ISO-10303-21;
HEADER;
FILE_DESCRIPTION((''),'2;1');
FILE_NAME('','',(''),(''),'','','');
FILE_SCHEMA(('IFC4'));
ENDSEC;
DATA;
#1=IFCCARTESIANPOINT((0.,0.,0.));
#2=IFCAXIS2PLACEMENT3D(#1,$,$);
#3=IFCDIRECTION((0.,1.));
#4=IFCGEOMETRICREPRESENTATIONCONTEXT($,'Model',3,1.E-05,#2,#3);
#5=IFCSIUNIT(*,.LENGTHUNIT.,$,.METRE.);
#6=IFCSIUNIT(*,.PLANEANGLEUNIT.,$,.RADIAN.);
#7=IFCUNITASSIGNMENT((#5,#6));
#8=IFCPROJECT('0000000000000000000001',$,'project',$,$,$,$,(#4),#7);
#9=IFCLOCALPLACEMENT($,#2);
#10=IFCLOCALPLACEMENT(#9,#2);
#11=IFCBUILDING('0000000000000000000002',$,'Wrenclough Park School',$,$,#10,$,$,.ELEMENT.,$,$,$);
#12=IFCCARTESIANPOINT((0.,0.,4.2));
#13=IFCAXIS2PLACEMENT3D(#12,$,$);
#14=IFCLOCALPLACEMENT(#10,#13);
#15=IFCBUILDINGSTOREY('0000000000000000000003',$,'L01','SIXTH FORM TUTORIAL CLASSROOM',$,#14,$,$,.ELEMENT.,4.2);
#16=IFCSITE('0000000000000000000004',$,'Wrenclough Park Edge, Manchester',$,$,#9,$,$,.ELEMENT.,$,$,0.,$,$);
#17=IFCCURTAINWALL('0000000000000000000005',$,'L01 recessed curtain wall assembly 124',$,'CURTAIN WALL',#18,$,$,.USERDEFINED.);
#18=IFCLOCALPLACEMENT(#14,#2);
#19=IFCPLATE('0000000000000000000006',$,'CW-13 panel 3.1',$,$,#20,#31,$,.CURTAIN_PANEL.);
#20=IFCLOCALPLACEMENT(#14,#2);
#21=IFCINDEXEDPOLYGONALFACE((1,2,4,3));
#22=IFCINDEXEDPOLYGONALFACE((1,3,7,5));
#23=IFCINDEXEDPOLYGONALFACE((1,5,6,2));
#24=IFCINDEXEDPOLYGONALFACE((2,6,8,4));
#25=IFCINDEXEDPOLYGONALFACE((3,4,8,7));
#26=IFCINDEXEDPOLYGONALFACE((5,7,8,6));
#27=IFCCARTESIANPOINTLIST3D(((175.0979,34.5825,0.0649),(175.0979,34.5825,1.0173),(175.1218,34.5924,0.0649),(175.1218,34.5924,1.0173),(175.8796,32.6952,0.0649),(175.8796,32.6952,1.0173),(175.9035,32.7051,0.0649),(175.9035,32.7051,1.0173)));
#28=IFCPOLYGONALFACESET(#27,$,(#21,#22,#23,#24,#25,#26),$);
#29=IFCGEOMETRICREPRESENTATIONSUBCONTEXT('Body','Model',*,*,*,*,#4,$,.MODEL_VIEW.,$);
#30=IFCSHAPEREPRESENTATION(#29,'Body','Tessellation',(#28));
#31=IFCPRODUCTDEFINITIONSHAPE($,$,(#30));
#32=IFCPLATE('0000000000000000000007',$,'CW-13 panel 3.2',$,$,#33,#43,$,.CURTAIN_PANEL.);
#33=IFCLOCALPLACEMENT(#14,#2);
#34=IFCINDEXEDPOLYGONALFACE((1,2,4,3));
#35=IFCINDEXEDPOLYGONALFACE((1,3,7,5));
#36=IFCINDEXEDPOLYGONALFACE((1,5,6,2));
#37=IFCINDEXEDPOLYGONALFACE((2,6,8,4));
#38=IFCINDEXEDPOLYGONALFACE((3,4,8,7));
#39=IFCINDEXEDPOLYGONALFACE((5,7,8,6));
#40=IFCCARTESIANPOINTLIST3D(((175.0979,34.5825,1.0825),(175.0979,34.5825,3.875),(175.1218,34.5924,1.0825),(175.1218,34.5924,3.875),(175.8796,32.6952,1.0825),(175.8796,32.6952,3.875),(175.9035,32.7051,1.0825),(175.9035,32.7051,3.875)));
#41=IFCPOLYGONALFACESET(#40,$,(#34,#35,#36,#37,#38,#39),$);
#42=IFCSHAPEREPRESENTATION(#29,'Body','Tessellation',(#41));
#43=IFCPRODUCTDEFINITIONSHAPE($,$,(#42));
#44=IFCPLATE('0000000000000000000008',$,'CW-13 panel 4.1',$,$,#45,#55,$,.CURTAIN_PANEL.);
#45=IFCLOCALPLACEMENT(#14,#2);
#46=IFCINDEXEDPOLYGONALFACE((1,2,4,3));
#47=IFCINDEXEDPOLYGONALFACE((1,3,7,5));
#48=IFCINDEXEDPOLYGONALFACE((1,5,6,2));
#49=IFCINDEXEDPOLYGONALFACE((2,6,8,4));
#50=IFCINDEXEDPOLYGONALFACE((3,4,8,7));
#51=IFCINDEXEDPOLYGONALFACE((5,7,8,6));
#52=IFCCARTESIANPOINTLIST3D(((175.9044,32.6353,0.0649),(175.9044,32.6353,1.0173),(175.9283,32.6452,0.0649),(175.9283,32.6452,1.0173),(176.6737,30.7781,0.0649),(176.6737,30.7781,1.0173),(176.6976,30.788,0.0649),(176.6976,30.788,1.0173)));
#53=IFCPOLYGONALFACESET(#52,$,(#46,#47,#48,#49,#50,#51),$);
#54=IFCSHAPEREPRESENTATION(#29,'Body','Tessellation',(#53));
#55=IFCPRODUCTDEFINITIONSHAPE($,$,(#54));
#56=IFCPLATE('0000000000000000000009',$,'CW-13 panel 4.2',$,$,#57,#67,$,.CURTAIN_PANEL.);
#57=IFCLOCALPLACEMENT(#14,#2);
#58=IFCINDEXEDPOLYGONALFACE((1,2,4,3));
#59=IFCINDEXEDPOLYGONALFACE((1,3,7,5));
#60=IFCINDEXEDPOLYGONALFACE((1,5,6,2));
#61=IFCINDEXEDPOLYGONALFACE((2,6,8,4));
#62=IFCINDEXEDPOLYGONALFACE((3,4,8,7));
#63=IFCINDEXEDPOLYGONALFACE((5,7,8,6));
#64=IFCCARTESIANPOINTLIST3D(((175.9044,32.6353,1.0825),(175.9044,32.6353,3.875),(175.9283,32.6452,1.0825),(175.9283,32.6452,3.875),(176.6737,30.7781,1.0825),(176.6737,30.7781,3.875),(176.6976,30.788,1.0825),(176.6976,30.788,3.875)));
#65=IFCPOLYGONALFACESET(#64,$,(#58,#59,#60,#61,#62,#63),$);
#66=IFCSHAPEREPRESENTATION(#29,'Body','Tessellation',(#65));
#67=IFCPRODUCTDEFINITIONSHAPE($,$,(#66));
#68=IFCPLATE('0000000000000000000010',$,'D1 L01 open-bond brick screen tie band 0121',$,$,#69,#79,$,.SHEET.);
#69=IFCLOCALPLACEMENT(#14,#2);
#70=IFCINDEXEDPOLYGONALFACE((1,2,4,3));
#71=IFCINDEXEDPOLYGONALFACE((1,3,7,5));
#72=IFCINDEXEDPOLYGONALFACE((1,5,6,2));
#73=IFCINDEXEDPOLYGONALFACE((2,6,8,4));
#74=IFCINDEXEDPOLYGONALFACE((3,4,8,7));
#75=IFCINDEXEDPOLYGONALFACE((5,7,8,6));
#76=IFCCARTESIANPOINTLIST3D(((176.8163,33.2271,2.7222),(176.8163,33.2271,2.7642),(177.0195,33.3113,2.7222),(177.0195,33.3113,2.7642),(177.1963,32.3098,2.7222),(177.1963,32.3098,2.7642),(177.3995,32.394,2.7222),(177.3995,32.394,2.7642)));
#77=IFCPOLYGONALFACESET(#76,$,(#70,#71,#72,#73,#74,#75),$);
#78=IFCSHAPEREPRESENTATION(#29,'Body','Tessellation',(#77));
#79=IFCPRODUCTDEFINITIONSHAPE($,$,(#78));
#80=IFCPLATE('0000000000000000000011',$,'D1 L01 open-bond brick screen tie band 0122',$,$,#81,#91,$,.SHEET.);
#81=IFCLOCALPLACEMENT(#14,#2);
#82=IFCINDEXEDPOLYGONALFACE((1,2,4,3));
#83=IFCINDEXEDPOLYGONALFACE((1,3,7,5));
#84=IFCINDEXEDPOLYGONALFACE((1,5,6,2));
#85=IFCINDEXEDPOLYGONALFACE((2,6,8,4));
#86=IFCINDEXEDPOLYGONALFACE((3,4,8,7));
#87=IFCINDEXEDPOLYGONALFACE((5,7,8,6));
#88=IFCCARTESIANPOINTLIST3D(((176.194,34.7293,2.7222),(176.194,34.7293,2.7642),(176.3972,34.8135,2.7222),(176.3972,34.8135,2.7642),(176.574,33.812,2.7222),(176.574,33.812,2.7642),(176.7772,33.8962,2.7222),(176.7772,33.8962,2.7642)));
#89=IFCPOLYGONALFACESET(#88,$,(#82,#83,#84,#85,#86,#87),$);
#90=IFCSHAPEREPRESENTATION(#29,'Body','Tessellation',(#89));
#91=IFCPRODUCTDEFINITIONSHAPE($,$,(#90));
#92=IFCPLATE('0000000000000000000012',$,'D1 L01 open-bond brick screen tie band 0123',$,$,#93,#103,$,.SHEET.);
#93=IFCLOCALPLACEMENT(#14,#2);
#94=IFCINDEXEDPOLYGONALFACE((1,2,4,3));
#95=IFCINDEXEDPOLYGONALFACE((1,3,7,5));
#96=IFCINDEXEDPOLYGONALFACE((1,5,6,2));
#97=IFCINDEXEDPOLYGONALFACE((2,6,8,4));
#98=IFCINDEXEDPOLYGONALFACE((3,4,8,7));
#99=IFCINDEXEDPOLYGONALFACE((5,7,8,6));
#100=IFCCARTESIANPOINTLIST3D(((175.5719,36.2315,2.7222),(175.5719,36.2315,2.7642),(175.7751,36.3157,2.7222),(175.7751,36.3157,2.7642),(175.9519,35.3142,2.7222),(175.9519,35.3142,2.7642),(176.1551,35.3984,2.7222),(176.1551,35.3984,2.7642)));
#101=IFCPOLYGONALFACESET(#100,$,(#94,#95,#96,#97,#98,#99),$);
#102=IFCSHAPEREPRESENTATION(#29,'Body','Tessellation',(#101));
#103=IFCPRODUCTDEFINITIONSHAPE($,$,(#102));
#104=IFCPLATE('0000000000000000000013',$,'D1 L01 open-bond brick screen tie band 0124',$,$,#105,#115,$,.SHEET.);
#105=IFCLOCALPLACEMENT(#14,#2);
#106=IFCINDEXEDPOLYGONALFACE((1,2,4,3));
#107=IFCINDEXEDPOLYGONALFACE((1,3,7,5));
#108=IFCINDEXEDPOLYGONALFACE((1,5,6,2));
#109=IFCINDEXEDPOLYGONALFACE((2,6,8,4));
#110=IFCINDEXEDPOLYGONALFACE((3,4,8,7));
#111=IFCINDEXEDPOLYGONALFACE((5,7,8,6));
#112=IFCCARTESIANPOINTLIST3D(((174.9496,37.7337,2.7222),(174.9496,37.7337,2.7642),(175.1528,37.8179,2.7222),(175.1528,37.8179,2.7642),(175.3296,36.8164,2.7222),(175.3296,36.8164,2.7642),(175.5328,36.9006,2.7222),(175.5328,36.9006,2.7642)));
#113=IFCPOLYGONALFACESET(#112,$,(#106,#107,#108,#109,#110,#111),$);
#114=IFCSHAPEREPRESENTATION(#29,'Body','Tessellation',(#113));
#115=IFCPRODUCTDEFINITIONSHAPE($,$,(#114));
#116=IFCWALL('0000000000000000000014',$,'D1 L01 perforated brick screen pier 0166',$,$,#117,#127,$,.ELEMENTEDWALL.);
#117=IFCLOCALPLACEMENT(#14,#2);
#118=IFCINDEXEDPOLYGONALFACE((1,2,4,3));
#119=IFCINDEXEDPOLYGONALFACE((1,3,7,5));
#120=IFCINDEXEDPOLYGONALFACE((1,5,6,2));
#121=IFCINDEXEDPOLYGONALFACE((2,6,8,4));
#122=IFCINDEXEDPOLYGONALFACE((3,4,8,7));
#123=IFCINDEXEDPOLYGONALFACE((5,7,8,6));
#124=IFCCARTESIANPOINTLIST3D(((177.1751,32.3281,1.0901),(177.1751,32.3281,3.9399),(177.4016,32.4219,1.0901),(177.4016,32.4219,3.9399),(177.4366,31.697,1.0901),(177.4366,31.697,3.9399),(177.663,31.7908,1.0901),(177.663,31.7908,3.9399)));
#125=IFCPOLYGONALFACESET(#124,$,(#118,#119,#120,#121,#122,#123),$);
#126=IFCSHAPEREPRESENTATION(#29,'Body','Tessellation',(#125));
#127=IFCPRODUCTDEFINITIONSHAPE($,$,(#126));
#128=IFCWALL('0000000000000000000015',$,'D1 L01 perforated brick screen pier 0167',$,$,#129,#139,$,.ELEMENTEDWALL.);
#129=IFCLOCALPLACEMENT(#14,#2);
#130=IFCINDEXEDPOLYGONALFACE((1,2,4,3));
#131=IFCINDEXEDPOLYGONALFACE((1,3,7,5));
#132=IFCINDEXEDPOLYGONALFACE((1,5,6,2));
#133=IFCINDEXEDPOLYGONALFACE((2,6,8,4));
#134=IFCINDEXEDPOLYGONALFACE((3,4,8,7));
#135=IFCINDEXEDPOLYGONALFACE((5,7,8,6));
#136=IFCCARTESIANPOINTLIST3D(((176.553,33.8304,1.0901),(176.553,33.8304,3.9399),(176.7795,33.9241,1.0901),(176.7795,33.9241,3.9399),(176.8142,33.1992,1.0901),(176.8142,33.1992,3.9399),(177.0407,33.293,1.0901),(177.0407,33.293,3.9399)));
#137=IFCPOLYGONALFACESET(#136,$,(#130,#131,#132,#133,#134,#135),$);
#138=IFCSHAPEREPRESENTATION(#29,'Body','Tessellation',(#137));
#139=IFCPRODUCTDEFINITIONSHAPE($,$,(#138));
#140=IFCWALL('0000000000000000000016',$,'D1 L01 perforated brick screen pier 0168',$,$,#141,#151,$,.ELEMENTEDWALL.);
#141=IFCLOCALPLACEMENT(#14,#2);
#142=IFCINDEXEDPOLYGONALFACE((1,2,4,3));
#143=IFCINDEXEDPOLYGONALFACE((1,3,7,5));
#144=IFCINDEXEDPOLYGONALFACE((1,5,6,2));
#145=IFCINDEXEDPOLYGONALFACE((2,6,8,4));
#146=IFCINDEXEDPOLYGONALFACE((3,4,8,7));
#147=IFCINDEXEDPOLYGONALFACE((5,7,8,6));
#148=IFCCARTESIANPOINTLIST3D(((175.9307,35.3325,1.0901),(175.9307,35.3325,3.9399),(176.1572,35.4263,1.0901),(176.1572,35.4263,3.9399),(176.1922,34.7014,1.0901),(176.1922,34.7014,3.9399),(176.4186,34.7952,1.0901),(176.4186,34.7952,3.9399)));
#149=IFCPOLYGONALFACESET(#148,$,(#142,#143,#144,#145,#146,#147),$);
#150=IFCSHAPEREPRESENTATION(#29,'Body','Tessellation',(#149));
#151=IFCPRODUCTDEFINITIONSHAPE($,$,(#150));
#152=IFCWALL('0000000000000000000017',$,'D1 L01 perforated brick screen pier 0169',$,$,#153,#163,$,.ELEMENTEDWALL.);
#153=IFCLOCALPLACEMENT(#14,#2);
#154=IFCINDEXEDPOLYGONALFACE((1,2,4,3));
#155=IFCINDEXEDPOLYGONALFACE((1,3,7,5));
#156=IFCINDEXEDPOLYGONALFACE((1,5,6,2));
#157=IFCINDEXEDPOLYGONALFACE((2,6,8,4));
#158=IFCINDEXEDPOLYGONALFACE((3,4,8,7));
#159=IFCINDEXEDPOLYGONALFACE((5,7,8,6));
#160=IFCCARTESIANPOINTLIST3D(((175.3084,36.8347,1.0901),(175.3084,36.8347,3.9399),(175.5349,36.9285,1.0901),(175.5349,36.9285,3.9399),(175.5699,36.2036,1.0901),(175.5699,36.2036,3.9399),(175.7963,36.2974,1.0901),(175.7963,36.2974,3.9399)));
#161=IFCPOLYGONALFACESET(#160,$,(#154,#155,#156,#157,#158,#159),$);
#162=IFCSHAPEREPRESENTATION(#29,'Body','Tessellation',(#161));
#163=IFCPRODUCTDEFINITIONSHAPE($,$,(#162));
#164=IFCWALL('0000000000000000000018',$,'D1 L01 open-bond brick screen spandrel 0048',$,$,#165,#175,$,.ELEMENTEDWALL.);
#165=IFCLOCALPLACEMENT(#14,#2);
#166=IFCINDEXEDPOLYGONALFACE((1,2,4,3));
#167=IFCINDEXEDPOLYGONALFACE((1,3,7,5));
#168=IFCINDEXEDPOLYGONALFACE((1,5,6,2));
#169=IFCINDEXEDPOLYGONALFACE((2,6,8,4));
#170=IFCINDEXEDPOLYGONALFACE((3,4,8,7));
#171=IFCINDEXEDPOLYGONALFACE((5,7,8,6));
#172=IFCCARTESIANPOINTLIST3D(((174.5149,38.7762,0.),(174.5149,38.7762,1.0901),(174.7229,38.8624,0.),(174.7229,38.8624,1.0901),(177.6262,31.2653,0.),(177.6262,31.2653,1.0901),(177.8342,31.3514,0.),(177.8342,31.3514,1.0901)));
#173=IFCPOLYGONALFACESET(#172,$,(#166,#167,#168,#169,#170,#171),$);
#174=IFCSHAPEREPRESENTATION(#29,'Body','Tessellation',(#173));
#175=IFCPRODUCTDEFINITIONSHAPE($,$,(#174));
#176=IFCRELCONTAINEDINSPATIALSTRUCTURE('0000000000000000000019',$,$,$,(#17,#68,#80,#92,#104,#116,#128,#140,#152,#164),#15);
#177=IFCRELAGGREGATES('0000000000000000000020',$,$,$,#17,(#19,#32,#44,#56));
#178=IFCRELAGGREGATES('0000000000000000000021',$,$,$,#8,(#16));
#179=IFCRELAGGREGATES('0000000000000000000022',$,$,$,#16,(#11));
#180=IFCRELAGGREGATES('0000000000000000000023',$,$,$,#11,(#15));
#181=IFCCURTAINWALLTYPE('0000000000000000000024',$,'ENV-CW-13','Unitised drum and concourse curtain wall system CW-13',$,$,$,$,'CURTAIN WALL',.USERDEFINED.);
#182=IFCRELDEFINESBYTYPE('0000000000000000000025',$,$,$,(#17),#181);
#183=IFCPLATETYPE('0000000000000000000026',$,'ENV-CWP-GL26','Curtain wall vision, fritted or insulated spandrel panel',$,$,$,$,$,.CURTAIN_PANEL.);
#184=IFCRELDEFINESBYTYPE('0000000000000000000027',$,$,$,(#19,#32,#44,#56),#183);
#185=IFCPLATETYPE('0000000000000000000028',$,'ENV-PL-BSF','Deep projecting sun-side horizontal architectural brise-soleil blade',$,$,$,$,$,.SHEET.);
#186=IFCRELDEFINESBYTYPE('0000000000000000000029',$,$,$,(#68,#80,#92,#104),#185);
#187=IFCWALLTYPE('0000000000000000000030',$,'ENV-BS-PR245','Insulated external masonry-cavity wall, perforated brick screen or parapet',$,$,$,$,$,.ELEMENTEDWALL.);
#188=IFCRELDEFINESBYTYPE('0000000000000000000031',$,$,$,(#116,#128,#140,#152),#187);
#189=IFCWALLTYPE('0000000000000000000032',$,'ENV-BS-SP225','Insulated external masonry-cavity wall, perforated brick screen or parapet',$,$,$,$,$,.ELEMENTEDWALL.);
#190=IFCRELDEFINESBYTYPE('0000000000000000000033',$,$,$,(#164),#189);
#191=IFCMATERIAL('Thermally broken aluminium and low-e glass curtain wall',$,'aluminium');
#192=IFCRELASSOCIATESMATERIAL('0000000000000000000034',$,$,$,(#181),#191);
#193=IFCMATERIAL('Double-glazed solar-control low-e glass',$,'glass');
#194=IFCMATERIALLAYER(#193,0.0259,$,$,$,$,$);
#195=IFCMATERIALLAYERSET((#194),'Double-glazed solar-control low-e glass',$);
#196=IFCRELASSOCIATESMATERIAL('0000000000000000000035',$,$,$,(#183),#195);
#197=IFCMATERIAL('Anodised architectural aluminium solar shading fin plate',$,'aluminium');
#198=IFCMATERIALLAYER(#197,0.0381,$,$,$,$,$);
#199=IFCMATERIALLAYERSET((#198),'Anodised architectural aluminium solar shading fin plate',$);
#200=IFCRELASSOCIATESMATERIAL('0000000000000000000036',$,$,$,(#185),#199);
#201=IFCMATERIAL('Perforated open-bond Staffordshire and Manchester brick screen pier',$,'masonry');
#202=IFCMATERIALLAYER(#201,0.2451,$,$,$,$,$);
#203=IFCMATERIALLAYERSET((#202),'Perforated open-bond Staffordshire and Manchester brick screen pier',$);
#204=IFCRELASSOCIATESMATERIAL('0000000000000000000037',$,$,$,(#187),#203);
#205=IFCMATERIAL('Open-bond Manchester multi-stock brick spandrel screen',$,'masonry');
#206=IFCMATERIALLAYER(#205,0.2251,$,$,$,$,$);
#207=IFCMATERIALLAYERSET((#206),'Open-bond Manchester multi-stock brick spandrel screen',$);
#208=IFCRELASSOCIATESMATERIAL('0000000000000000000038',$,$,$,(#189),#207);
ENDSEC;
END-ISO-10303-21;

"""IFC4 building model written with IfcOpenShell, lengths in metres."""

from ifc_helpers import new_model, si_unit, direction, frame, frame_2d, origin, origin_2d, place, context, subcontext, project, spatial, rectangle, extrude, material, layer, layer_set, type_object, element, aggregate, save


model = new_model("IFC4")

# Units and contexts
model_context = context("Model", 3, precision=1e-05, world=origin(), true_north=direction((0.0, 1.0)))
body_context = subcontext(model_context, "Body", "Model", "MODEL_VIEW")
ifc_project = project(units=[si_unit("LENGTHUNIT", "METRE"), si_unit("PLANEANGLEUNIT", "RADIAN")], contexts=[model_context])

# Site, building, storey
site_placement = place(None, origin())
site = spatial("IfcSite", under=ifc_project, at=site_placement, Name="Wrenclough Park Edge, Manchester", CompositionType="ELEMENT", RefElevation=0.0)
building_placement = place(site_placement, origin())
building = spatial("IfcBuilding", under=site, at=building_placement, Name="Wrenclough Park School", CompositionType="ELEMENT")
storey_placement = place(building_placement, frame((0.0, 0.0, 4.2)))
storey = spatial("IfcBuildingStorey", under=building, at=storey_placement, Name="L01", Description="SIXTH FORM TUTORIAL CLASSROOM", CompositionType="ELEMENT", Elevation=4.2)

# Curtain wall, plates
ifc_material_1 = material(Name="Thermally broken aluminium and low-e glass curtain wall", Category="aluminium")
curtain_wall_type = type_object("IfcCurtainWallType", Name="ENV-CW-13", Description="Unitised drum and concourse curtain wall system CW-13", ElementType="CURTAIN WALL", PredefinedType="USERDEFINED", material=ifc_material_1)
curtain_wall_placement = place(storey_placement, origin())
curtain_wall = element("IfcCurtainWall", 1, at=curtain_wall_placement, inside=storey, type_object=curtain_wall_type, Name="L01 recessed curtain wall assembly 124", ObjectType="CURTAIN WALL", PredefinedType="USERDEFINED")
ifc_material_2 = material(Name="Double-glazed solar-control low-e glass", Category="glass")
ifc_layer_1 = layer(ifc_material_2, 0.0259)
ifc_layer_set_1 = layer_set([ifc_layer_1], Name="Double-glazed solar-control low-e glass")
plate_type_1 = type_object("IfcPlateType", Name="ENV-CWP-GL26", Description="Curtain wall vision, fritted or insulated spandrel panel", PredefinedType="CURTAIN_PANEL", material=ifc_layer_set_1)
plate_1_placement = place(storey_placement, frame((175.5007, 33.6438, 0.0649), z_axis=(0.0, 0.0, 1.0), x_axis=(0.382687, -0.923878, 0.0)))
plate_1 = element("IfcPlate", 2, at=plate_1_placement, type_object=plate_type_1, Name="CW-13 panel 3.1", PredefinedType="CURTAIN_PANEL", context=body_context, shape_type="SweptSolid", body=[
    extrude(rectangle(XDim=2.0427, YDim=0.0259, at=origin_2d()), origin(), (0.0, 0.0, 1.0), 0.9524),
])
plate_2_placement = place(storey_placement, frame((175.5007, 33.6438, 1.0825), z_axis=(0.0, 0.0, 1.0), x_axis=(0.382687, -0.923878, 0.0)))
plate_2 = element("IfcPlate", 3, at=plate_2_placement, type_object=plate_type_1, Name="CW-13 panel 3.2", PredefinedType="CURTAIN_PANEL", context=body_context, shape_type="SweptSolid", body=[
    extrude(rectangle(XDim=2.0427, YDim=0.0259, at=origin_2d()), origin(), (0.0, 0.0, 1.0), 2.7925),
])
plate_3_placement = place(storey_placement, frame((176.301, 31.7117, 0.0649), z_axis=(0.0, 0.0, 1.0), x_axis=(0.382687, -0.923878, 0.0)))
plate_3 = element("IfcPlate", 4, at=plate_3_placement, type_object=plate_type_1, Name="CW-13 panel 4.1", PredefinedType="CURTAIN_PANEL", context=body_context, shape_type="SweptSolid", body=[
    extrude(rectangle(XDim=2.0103, YDim=0.0259, at=origin_2d()), origin(), (0.0, 0.0, 1.0), 0.9524),
])
plate_4_placement = place(storey_placement, frame((176.301, 31.7117, 1.0825), z_axis=(0.0, 0.0, 1.0), x_axis=(0.382687, -0.923878, 0.0)))
plate_4 = element("IfcPlate", 5, at=plate_4_placement, type_object=plate_type_1, Name="CW-13 panel 4.2", PredefinedType="CURTAIN_PANEL", context=body_context, shape_type="SweptSolid", body=[
    extrude(rectangle(XDim=2.0103, YDim=0.0259, at=origin_2d()), origin(), (0.0, 0.0, 1.0), 2.7925),
])
aggregate(curtain_wall, [plate_1, plate_2, plate_3, plate_4])

# Plates
ifc_material_3 = material(Name="Anodised architectural aluminium solar shading fin plate", Category="aluminium")
ifc_layer_2 = layer(ifc_material_3, 0.0381)
ifc_layer_set_2 = layer_set([ifc_layer_2], Name="Anodised architectural aluminium solar shading fin plate")
plate_type_2 = type_object("IfcPlateType", Name="ENV-PL-BSF", Description="Deep projecting sun-side horizontal architectural brise-soleil blade", PredefinedType="SHEET", material=ifc_layer_set_2)
for number, where, z_axis, x_axis, name in (
    (6, (177.1079, 32.8105, 2.7222), (0.0, 0.0, 1.0), (-0.382692, 0.923876, 0.0), "D1 L01 open-bond brick screen tie band 0121"),
    (7, (176.4856, 34.3127, 2.7222), (0.0, 0.0, 1.0), (-0.382692, 0.923876, 0.0), "D1 L01 open-bond brick screen tie band 0122"),
    (8, (175.8635, 35.8149, 2.7222), (0.0, 0.0, 1.0), (-0.382692, 0.923876, 0.0), "D1 L01 open-bond brick screen tie band 0123"),
    (9, (175.2412, 37.3171, 2.7222), (0.0, 0.0, 1.0), (-0.382692, 0.923876, 0.0), "D1 L01 open-bond brick screen tie band 0124"),
):
    element("IfcPlate", number, at=place(storey_placement, frame(where, z_axis=z_axis, x_axis=x_axis)), inside=storey, type_object=plate_type_2, Name=name, PredefinedType="SHEET", context=body_context, shape_type="SweptSolid", body=[
        extrude(rectangle(XDim=0.9929, YDim=0.22, at=origin_2d()), origin(), (0.0, 0.0, 1.0), 0.042),
    ])

# Walls
ifc_material_4 = material(Name="Perforated open-bond Staffordshire and Manchester brick screen pier", Category="masonry")
ifc_layer_3 = layer(ifc_material_4, 0.2451)
ifc_layer_set_3 = layer_set([ifc_layer_3], Name="Perforated open-bond Staffordshire and Manchester brick screen pier")
wall_type_1 = type_object("IfcWallType", Name="ENV-BS-PR245", Description="Insulated external masonry-cavity wall, perforated brick screen or parapet", PredefinedType="ELEMENTEDWALL", material=ifc_layer_set_3)
for number, where, z_axis, x_axis, name in (
    (10, (177.5498, 31.7439, 1.0901), (0.0, 0.0, 1.0), (-0.382762, 0.923847, 0.0), "D1 L01 perforated brick screen pier 0166"),
    (11, (176.9275, 33.2461, 1.0901), (0.0, 0.0, 1.0), (-0.382457, 0.923973, 0.0), "D1 L01 perforated brick screen pier 0167"),
    (12, (176.3054, 34.7483, 1.0901), (0.0, 0.0, 1.0), (-0.382762, 0.923847, 0.0), "D1 L01 perforated brick screen pier 0168"),
    (13, (175.6831, 36.2505, 1.0901), (0.0, 0.0, 1.0), (-0.382762, 0.923847, 0.0), "D1 L01 perforated brick screen pier 0169"),
):
    element("IfcWall", number, at=place(storey_placement, frame(where, z_axis=z_axis, x_axis=x_axis)), inside=storey, type_object=wall_type_1, Name=name, PredefinedType="ELEMENTEDWALL", context=body_context, shape_type="SweptSolid", body=[
        extrude(rectangle(XDim=0.6831, YDim=0.2451, at=frame_2d((0.3416, 0.0))), origin(), (0.0, 0.0, 1.0), 2.8499),
    ])
ifc_material_5 = material(Name="Open-bond Manchester multi-stock brick spandrel screen", Category="masonry")
ifc_layer_4 = layer(ifc_material_5, 0.2251)
ifc_layer_set_4 = layer_set([ifc_layer_4], Name="Open-bond Manchester multi-stock brick spandrel screen")
wall_type_2 = type_object("IfcWallType", Name="ENV-BS-SP225", Description="Insulated external masonry-cavity wall, perforated brick screen or parapet", PredefinedType="ELEMENTEDWALL", material=ifc_layer_set_4)
wall_placement = place(storey_placement, frame((177.7302, 31.3083, 0.0), z_axis=(0.0, 0.0, 1.0), x_axis=(-0.382702, 0.923872, 0.0)))
element("IfcWall", 14, at=wall_placement, inside=storey, type_object=wall_type_2, Name="D1 L01 open-bond brick screen spandrel 0048", PredefinedType="ELEMENTEDWALL", context=body_context, shape_type="SweptSolid", body=[
    extrude(rectangle(XDim=8.1299, YDim=0.2251, at=frame_2d((4.0649, 0.0))), origin(), (0.0, 0.0, 1.0), 1.0901),
])

save(model, "model.ifc")
